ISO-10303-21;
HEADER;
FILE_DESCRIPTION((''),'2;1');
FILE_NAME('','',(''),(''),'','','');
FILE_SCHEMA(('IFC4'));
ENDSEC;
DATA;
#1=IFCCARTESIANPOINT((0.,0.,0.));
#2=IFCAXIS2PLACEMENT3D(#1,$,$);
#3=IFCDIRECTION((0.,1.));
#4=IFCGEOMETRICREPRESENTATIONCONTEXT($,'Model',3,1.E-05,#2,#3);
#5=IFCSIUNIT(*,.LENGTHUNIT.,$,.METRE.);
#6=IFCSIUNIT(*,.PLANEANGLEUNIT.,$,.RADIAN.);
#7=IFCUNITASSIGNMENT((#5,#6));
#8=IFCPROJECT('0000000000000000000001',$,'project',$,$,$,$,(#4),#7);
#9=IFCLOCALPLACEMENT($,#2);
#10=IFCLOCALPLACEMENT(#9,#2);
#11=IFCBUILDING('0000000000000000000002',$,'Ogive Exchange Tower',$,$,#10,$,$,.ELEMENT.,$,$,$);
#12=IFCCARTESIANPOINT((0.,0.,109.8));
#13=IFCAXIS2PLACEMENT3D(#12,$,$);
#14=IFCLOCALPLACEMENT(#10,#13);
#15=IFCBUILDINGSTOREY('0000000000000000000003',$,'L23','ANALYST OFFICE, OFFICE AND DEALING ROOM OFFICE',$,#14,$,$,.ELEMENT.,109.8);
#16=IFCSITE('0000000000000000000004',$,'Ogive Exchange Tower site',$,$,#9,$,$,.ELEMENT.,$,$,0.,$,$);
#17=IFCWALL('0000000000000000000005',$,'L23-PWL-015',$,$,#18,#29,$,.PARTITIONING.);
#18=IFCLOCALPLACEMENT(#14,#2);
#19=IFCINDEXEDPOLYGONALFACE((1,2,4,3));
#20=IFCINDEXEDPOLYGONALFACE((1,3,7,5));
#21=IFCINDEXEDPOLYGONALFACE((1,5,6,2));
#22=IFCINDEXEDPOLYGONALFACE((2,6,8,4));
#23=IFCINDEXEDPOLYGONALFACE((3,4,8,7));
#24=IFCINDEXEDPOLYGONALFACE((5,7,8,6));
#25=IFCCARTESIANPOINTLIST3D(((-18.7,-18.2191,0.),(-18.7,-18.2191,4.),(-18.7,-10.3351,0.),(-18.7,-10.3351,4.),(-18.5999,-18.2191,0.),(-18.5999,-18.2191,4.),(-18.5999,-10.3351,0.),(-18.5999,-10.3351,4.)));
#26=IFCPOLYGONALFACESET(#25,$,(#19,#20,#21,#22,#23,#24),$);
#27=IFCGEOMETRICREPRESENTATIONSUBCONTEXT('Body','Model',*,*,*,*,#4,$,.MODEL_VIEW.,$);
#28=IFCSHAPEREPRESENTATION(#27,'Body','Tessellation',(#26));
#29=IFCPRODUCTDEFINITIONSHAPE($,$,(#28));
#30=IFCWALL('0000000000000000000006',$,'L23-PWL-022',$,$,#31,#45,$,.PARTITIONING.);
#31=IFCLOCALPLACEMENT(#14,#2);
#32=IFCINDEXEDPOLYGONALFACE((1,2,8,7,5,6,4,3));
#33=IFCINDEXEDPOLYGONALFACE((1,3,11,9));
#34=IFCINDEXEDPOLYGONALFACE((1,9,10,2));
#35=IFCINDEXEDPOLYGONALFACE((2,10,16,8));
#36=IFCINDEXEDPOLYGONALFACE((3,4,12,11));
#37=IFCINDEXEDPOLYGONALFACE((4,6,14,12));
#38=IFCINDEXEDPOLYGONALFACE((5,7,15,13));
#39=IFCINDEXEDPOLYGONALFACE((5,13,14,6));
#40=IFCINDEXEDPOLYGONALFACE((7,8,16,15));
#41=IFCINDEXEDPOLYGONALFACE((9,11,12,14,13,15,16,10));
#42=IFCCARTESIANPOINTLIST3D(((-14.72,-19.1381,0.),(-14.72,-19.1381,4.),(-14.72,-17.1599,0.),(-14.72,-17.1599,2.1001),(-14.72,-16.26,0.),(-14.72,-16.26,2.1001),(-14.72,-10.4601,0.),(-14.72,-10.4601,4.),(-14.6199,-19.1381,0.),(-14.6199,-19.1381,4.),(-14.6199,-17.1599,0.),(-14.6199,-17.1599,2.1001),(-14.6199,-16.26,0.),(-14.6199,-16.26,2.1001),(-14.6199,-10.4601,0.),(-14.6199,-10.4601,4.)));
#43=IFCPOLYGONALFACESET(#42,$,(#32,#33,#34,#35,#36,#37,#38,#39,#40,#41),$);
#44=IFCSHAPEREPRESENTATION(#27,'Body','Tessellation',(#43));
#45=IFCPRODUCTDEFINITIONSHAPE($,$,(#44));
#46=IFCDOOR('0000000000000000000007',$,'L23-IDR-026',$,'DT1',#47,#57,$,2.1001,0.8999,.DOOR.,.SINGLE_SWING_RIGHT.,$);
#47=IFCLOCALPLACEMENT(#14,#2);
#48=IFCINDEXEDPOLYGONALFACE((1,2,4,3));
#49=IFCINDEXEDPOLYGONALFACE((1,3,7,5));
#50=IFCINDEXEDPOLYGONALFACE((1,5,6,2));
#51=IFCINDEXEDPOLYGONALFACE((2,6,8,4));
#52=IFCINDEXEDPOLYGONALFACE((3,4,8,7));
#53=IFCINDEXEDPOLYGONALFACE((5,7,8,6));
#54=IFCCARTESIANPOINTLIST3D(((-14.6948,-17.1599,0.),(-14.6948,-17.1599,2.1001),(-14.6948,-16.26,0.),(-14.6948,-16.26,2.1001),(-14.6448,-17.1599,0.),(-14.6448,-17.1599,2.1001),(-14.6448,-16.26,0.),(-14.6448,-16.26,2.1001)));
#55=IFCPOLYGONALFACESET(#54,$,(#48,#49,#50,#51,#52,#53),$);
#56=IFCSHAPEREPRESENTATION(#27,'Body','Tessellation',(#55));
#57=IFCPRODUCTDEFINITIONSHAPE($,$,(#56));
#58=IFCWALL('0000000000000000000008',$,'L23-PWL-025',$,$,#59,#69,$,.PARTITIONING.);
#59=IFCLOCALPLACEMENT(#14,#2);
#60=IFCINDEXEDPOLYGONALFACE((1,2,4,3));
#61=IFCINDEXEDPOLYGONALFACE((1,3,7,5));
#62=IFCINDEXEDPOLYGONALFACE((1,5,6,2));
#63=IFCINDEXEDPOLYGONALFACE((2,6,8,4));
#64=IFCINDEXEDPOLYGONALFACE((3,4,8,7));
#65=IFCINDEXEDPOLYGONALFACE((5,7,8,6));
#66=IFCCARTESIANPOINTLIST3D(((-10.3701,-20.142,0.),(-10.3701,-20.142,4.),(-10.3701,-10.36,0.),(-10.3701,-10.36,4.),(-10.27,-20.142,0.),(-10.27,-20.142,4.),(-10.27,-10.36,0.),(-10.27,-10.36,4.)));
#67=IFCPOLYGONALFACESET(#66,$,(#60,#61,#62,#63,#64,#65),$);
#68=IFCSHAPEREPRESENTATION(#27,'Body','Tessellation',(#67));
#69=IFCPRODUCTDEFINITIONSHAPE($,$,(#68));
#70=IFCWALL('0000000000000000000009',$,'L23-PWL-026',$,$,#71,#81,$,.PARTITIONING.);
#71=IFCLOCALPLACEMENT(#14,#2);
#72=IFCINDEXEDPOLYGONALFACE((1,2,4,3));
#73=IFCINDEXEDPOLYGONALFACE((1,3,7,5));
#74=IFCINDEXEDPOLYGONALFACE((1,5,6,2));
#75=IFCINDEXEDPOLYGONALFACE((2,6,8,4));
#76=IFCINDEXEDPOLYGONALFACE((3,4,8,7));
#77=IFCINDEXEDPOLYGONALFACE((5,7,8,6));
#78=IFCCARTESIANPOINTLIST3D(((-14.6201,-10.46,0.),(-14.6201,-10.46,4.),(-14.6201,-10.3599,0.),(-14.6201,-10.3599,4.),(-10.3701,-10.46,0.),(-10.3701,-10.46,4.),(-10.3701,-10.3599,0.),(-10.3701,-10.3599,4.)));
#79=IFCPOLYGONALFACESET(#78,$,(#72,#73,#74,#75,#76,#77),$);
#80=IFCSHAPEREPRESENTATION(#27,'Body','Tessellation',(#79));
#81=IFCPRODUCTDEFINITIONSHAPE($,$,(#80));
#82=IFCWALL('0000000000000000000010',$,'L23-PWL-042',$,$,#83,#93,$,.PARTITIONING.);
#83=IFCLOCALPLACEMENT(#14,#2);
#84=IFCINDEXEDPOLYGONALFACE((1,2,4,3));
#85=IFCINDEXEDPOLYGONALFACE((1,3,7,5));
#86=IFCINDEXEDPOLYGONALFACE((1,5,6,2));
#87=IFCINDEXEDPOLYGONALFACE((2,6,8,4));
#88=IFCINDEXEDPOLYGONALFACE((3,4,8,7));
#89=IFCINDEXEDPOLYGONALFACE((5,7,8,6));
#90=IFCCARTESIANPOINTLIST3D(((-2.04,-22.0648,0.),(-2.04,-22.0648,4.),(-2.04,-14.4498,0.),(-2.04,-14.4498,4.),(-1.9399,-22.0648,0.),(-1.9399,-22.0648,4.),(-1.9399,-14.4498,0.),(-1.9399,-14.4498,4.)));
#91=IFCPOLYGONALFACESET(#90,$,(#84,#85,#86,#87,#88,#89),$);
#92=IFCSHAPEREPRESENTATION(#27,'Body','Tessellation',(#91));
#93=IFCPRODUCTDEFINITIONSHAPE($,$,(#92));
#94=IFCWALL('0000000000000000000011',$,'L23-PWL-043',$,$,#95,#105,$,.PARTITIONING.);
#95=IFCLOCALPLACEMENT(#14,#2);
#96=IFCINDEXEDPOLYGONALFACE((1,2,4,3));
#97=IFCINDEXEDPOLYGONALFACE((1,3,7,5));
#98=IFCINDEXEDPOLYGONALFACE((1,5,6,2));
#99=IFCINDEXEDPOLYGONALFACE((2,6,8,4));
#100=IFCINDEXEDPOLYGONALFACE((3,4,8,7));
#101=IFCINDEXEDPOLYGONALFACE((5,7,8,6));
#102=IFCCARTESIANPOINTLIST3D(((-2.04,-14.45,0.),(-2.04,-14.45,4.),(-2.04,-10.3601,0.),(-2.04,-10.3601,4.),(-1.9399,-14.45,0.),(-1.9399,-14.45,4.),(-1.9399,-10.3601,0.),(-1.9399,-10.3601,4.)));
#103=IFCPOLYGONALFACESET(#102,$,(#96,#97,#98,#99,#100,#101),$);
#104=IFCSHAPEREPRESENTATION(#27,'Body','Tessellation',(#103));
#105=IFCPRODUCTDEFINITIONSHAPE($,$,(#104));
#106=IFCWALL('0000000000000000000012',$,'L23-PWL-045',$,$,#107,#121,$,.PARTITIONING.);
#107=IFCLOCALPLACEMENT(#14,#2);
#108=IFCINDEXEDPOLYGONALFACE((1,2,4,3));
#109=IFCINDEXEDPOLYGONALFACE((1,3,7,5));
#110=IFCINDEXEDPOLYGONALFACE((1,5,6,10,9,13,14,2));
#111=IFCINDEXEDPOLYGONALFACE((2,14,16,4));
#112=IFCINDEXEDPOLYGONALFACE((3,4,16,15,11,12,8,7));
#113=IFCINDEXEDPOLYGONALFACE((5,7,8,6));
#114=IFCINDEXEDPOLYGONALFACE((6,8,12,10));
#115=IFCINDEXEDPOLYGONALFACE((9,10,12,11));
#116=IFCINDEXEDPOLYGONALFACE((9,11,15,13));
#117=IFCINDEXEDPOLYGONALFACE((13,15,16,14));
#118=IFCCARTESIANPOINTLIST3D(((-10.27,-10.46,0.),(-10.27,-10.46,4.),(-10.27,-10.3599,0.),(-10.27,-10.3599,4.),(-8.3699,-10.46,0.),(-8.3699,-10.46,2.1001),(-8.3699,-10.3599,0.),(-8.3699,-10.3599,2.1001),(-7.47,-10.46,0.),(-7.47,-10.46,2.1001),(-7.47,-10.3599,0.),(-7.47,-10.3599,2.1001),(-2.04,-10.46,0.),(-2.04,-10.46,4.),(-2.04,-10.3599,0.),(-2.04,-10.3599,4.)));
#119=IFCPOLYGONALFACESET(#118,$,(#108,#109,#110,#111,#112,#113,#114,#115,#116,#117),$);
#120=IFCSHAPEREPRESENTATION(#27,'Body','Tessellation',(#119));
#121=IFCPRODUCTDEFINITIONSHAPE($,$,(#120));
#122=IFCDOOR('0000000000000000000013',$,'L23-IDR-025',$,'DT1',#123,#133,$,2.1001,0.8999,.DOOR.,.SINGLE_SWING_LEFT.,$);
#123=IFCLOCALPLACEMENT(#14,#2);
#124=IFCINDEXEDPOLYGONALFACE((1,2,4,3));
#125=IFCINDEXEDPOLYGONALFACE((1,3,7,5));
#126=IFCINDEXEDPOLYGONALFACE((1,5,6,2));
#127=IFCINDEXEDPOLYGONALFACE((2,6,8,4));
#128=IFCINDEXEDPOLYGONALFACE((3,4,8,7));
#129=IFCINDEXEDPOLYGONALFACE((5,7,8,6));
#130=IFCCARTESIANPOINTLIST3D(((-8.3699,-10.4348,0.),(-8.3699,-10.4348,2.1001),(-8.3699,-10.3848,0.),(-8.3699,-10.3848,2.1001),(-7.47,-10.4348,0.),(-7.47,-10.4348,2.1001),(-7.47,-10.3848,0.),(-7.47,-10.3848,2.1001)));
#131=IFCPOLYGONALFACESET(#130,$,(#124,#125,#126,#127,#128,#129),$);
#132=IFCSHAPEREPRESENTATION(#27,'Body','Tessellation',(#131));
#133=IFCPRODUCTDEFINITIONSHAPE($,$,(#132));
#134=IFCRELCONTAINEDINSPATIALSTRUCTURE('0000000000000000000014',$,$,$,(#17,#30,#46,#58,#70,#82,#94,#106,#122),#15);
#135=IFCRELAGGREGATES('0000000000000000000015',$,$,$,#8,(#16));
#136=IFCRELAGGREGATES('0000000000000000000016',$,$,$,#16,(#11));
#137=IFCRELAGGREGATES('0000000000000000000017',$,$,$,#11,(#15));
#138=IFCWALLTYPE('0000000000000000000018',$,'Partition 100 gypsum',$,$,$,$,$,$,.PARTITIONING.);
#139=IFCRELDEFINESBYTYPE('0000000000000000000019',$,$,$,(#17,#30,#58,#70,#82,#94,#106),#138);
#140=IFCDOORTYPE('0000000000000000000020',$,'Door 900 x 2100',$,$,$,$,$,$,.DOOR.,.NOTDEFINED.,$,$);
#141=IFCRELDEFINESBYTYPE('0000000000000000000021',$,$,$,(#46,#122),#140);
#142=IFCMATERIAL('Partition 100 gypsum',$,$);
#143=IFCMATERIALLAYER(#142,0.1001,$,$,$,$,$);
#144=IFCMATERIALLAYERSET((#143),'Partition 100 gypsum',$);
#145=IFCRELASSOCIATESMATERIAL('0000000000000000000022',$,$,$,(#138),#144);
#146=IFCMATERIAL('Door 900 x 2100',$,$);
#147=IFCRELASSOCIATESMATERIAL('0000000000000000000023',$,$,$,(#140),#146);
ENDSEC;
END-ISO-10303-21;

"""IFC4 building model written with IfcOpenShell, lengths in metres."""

from ifc_helpers import new_model, si_unit, direction, frame, frame_2d, origin, place, context, subcontext, project, spatial, rectangle, extrude, material, layer, layer_set, type_object, element, fill, save


model = new_model("IFC4")

# Units and contexts
model_context = context("Model", 3, precision=1e-05, world=origin(), true_north=direction((0.0, 1.0)))
body_context = subcontext(model_context, "Body", "Model", "MODEL_VIEW")
ifc_project = project(units=[si_unit("LENGTHUNIT", "METRE"), si_unit("PLANEANGLEUNIT", "RADIAN")], contexts=[model_context])

# Site, building, storey
site_placement = place(None, origin())
site = spatial("IfcSite", under=ifc_project, at=site_placement, Name="Ogive Exchange Tower site", CompositionType="ELEMENT", RefElevation=0.0)
building_placement = place(site_placement, origin())
building = spatial("IfcBuilding", under=site, at=building_placement, Name="Ogive Exchange Tower", CompositionType="ELEMENT")
storey_placement = place(building_placement, frame((0.0, 0.0, 109.8)))
storey = spatial("IfcBuildingStorey", under=building, at=storey_placement, Name="L23", Description="ANALYST OFFICE, OFFICE AND DEALING ROOM OFFICE", CompositionType="ELEMENT", Elevation=109.8)

# Wall
ifc_material_1 = material(Name="Partition 100 gypsum")
ifc_layer_1 = layer(ifc_material_1, 0.1001)
ifc_layer_set_1 = layer_set([ifc_layer_1], Name="Partition 100 gypsum")
wall_type_1 = type_object("IfcWallType", Name="Partition 100 gypsum", PredefinedType="PARTITIONING", material=ifc_layer_set_1)
wall_1_placement = place(storey_placement, frame((-18.6499, -18.219, 0.0), z_axis=(0.0, 0.0, 1.0), x_axis=(0.0, 1.0, 0.0)))
element("IfcWall", 1, at=wall_1_placement, inside=storey, type_object=wall_type_1, Name="L23-PWL-015", PredefinedType="PARTITIONING", context=body_context, shape_type="SweptSolid", body=[
    extrude(rectangle(XDim=7.884, YDim=0.1001, at=frame_2d((3.9419, 0.0))), origin(), (0.0, 0.0, 1.0), 4.0),
])

# Wall, opening, door
wall_2_placement = place(storey_placement, frame((-14.6699, -19.1379, 0.0), z_axis=(0.0, 0.0, 1.0), x_axis=(0.0, 1.0, 0.0)))
wall_2 = element("IfcWall", 2, at=wall_2_placement, inside=storey, type_object=wall_type_1, Name="L23-PWL-022", PredefinedType="PARTITIONING", context=body_context, shape_type="SweptSolid", body=[
    extrude(rectangle(XDim=8.678, YDim=0.1001, at=frame_2d((4.3389, 0.0))), origin(), (0.0, 0.0, 1.0), 4.0),
])
opening_1_placement = place(wall_2_placement, frame((1.978, 0.0, 0.0)))
opening_1 = element("IfcOpeningElement", 3, at=opening_1_placement, cuts=wall_2, PredefinedType="OPENING", context=body_context, shape_type="SweptSolid", body=[
    extrude(rectangle(XDim=0.8999, YDim=2.1001, at=frame_2d((0.45, 1.05))), frame((0.0, 0.0601, 0.0), z_axis=(0.0, -1.0, 0.0), x_axis=(1.0, 0.0, 0.0)), (0.0, 0.0, 1.0), 0.1201),
])
ifc_material_2 = material(Name="Door 900 x 2100")
door_type_1 = type_object("IfcDoorType", Name="Door 900 x 2100", OperationType="NOTDEFINED", PredefinedType="DOOR", material=ifc_material_2)
door_1_placement = place(opening_1_placement, origin())
door_1 = element("IfcDoor", 4, at=door_1_placement, inside=storey, type_object=door_type_1, Name="L23-IDR-026", ObjectType="DT1", OperationType="SINGLE_SWING_RIGHT", OverallHeight=2.1001, OverallWidth=0.8999, PredefinedType="DOOR", context=body_context, shape_type="SweptSolid", body=[
    extrude(rectangle(XDim=0.8999, YDim=2.1001, at=frame_2d((0.45, 1.05))), frame((0.0, 0.0249, 0.0), z_axis=(0.0, -1.0, 0.0), x_axis=(1.0, 0.0, 0.0)), (0.0, 0.0, 1.0), 0.05),
])
fill(opening_1, door_1)

# Walls
wall_3_placement = place(storey_placement, frame((-10.3201, -20.1421, 0.0), z_axis=(0.0, 0.0, 1.0), x_axis=(0.0, 1.0, 0.0)))
element("IfcWall", 5, at=wall_3_placement, inside=storey, type_object=wall_type_1, Name="L23-PWL-025", PredefinedType="PARTITIONING", context=body_context, shape_type="SweptSolid", body=[
    extrude(rectangle(XDim=9.782, YDim=0.1001, at=frame_2d((4.8911, 0.0))), origin(), (0.0, 0.0, 1.0), 4.0),
])
wall_4_placement = place(storey_placement, frame((-10.3701, -10.4099, 0.0), z_axis=(0.0, 0.0, 1.0), x_axis=(-1.0, 0.0, 0.0)))
element("IfcWall", 6, at=wall_4_placement, inside=storey, type_object=wall_type_1, Name="L23-PWL-026", PredefinedType="PARTITIONING", context=body_context, shape_type="SweptSolid", body=[
    extrude(rectangle(XDim=4.25, YDim=0.1001, at=frame_2d((2.125, 0.0))), origin(), (0.0, 0.0, 1.0), 4.0),
])
wall_5_placement = place(storey_placement, frame((-1.99, -22.0649, 0.0), z_axis=(0.0, 0.0, 1.0), x_axis=(0.0, 1.0, 0.0)))
element("IfcWall", 7, at=wall_5_placement, inside=storey, type_object=wall_type_1, Name="L23-PWL-042", PredefinedType="PARTITIONING", context=body_context, shape_type="SweptSolid", body=[
    extrude(rectangle(XDim=7.615, YDim=0.1001, at=frame_2d((3.8076, 0.0))), origin(), (0.0, 0.0, 1.0), 4.0),
])
wall_6_placement = place(storey_placement, frame((-1.99, -14.45, 0.0), z_axis=(0.0, 0.0, 1.0), x_axis=(0.0, 1.0, 0.0)))
element("IfcWall", 8, at=wall_6_placement, inside=storey, type_object=wall_type_1, Name="L23-PWL-043", PredefinedType="PARTITIONING", context=body_context, shape_type="SweptSolid", body=[
    extrude(rectangle(XDim=4.0898, YDim=0.1001, at=frame_2d((2.0449, 0.0))), origin(), (0.0, 0.0, 1.0), 4.0),
])

# Wall, opening, door
wall_7_placement = place(storey_placement, frame((-2.04, -10.4099, 0.0), z_axis=(0.0, 0.0, 1.0), x_axis=(-1.0, 0.0, 0.0)))
wall_7 = element("IfcWall", 9, at=wall_7_placement, inside=storey, type_object=wall_type_1, Name="L23-PWL-045", PredefinedType="PARTITIONING", context=body_context, shape_type="SweptSolid", body=[
    extrude(rectangle(XDim=8.23, YDim=0.1001, at=frame_2d((4.115, 0.0))), origin(), (0.0, 0.0, 1.0), 4.0),
])
opening_2_placement = place(wall_7_placement, frame((5.4299, 0.0, 0.0)))
opening_2 = element("IfcOpeningElement", 10, at=opening_2_placement, cuts=wall_7, PredefinedType="OPENING", context=body_context, shape_type="SweptSolid", body=[
    extrude(rectangle(XDim=0.8999, YDim=2.1001, at=frame_2d((0.45, 1.05))), frame((0.0, 0.0601, 0.0), z_axis=(0.0, -1.0, 0.0), x_axis=(1.0, 0.0, 0.0)), (0.0, 0.0, 1.0), 0.1201),
])
door_2_placement = place(opening_2_placement, origin())
door_2 = element("IfcDoor", 11, at=door_2_placement, inside=storey, type_object=door_type_1, Name="L23-IDR-025", ObjectType="DT1", OperationType="SINGLE_SWING_LEFT", OverallHeight=2.1001, OverallWidth=0.8999, PredefinedType="DOOR", context=body_context, shape_type="SweptSolid", body=[
    extrude(rectangle(XDim=0.8999, YDim=2.1001, at=frame_2d((0.45, 1.05))), frame((0.0, 0.0249, 0.0), z_axis=(0.0, -1.0, 0.0), x_axis=(1.0, 0.0, 0.0)), (0.0, 0.0, 1.0), 0.05),
])
fill(opening_2, door_2)

save(model, "model.ifc")
